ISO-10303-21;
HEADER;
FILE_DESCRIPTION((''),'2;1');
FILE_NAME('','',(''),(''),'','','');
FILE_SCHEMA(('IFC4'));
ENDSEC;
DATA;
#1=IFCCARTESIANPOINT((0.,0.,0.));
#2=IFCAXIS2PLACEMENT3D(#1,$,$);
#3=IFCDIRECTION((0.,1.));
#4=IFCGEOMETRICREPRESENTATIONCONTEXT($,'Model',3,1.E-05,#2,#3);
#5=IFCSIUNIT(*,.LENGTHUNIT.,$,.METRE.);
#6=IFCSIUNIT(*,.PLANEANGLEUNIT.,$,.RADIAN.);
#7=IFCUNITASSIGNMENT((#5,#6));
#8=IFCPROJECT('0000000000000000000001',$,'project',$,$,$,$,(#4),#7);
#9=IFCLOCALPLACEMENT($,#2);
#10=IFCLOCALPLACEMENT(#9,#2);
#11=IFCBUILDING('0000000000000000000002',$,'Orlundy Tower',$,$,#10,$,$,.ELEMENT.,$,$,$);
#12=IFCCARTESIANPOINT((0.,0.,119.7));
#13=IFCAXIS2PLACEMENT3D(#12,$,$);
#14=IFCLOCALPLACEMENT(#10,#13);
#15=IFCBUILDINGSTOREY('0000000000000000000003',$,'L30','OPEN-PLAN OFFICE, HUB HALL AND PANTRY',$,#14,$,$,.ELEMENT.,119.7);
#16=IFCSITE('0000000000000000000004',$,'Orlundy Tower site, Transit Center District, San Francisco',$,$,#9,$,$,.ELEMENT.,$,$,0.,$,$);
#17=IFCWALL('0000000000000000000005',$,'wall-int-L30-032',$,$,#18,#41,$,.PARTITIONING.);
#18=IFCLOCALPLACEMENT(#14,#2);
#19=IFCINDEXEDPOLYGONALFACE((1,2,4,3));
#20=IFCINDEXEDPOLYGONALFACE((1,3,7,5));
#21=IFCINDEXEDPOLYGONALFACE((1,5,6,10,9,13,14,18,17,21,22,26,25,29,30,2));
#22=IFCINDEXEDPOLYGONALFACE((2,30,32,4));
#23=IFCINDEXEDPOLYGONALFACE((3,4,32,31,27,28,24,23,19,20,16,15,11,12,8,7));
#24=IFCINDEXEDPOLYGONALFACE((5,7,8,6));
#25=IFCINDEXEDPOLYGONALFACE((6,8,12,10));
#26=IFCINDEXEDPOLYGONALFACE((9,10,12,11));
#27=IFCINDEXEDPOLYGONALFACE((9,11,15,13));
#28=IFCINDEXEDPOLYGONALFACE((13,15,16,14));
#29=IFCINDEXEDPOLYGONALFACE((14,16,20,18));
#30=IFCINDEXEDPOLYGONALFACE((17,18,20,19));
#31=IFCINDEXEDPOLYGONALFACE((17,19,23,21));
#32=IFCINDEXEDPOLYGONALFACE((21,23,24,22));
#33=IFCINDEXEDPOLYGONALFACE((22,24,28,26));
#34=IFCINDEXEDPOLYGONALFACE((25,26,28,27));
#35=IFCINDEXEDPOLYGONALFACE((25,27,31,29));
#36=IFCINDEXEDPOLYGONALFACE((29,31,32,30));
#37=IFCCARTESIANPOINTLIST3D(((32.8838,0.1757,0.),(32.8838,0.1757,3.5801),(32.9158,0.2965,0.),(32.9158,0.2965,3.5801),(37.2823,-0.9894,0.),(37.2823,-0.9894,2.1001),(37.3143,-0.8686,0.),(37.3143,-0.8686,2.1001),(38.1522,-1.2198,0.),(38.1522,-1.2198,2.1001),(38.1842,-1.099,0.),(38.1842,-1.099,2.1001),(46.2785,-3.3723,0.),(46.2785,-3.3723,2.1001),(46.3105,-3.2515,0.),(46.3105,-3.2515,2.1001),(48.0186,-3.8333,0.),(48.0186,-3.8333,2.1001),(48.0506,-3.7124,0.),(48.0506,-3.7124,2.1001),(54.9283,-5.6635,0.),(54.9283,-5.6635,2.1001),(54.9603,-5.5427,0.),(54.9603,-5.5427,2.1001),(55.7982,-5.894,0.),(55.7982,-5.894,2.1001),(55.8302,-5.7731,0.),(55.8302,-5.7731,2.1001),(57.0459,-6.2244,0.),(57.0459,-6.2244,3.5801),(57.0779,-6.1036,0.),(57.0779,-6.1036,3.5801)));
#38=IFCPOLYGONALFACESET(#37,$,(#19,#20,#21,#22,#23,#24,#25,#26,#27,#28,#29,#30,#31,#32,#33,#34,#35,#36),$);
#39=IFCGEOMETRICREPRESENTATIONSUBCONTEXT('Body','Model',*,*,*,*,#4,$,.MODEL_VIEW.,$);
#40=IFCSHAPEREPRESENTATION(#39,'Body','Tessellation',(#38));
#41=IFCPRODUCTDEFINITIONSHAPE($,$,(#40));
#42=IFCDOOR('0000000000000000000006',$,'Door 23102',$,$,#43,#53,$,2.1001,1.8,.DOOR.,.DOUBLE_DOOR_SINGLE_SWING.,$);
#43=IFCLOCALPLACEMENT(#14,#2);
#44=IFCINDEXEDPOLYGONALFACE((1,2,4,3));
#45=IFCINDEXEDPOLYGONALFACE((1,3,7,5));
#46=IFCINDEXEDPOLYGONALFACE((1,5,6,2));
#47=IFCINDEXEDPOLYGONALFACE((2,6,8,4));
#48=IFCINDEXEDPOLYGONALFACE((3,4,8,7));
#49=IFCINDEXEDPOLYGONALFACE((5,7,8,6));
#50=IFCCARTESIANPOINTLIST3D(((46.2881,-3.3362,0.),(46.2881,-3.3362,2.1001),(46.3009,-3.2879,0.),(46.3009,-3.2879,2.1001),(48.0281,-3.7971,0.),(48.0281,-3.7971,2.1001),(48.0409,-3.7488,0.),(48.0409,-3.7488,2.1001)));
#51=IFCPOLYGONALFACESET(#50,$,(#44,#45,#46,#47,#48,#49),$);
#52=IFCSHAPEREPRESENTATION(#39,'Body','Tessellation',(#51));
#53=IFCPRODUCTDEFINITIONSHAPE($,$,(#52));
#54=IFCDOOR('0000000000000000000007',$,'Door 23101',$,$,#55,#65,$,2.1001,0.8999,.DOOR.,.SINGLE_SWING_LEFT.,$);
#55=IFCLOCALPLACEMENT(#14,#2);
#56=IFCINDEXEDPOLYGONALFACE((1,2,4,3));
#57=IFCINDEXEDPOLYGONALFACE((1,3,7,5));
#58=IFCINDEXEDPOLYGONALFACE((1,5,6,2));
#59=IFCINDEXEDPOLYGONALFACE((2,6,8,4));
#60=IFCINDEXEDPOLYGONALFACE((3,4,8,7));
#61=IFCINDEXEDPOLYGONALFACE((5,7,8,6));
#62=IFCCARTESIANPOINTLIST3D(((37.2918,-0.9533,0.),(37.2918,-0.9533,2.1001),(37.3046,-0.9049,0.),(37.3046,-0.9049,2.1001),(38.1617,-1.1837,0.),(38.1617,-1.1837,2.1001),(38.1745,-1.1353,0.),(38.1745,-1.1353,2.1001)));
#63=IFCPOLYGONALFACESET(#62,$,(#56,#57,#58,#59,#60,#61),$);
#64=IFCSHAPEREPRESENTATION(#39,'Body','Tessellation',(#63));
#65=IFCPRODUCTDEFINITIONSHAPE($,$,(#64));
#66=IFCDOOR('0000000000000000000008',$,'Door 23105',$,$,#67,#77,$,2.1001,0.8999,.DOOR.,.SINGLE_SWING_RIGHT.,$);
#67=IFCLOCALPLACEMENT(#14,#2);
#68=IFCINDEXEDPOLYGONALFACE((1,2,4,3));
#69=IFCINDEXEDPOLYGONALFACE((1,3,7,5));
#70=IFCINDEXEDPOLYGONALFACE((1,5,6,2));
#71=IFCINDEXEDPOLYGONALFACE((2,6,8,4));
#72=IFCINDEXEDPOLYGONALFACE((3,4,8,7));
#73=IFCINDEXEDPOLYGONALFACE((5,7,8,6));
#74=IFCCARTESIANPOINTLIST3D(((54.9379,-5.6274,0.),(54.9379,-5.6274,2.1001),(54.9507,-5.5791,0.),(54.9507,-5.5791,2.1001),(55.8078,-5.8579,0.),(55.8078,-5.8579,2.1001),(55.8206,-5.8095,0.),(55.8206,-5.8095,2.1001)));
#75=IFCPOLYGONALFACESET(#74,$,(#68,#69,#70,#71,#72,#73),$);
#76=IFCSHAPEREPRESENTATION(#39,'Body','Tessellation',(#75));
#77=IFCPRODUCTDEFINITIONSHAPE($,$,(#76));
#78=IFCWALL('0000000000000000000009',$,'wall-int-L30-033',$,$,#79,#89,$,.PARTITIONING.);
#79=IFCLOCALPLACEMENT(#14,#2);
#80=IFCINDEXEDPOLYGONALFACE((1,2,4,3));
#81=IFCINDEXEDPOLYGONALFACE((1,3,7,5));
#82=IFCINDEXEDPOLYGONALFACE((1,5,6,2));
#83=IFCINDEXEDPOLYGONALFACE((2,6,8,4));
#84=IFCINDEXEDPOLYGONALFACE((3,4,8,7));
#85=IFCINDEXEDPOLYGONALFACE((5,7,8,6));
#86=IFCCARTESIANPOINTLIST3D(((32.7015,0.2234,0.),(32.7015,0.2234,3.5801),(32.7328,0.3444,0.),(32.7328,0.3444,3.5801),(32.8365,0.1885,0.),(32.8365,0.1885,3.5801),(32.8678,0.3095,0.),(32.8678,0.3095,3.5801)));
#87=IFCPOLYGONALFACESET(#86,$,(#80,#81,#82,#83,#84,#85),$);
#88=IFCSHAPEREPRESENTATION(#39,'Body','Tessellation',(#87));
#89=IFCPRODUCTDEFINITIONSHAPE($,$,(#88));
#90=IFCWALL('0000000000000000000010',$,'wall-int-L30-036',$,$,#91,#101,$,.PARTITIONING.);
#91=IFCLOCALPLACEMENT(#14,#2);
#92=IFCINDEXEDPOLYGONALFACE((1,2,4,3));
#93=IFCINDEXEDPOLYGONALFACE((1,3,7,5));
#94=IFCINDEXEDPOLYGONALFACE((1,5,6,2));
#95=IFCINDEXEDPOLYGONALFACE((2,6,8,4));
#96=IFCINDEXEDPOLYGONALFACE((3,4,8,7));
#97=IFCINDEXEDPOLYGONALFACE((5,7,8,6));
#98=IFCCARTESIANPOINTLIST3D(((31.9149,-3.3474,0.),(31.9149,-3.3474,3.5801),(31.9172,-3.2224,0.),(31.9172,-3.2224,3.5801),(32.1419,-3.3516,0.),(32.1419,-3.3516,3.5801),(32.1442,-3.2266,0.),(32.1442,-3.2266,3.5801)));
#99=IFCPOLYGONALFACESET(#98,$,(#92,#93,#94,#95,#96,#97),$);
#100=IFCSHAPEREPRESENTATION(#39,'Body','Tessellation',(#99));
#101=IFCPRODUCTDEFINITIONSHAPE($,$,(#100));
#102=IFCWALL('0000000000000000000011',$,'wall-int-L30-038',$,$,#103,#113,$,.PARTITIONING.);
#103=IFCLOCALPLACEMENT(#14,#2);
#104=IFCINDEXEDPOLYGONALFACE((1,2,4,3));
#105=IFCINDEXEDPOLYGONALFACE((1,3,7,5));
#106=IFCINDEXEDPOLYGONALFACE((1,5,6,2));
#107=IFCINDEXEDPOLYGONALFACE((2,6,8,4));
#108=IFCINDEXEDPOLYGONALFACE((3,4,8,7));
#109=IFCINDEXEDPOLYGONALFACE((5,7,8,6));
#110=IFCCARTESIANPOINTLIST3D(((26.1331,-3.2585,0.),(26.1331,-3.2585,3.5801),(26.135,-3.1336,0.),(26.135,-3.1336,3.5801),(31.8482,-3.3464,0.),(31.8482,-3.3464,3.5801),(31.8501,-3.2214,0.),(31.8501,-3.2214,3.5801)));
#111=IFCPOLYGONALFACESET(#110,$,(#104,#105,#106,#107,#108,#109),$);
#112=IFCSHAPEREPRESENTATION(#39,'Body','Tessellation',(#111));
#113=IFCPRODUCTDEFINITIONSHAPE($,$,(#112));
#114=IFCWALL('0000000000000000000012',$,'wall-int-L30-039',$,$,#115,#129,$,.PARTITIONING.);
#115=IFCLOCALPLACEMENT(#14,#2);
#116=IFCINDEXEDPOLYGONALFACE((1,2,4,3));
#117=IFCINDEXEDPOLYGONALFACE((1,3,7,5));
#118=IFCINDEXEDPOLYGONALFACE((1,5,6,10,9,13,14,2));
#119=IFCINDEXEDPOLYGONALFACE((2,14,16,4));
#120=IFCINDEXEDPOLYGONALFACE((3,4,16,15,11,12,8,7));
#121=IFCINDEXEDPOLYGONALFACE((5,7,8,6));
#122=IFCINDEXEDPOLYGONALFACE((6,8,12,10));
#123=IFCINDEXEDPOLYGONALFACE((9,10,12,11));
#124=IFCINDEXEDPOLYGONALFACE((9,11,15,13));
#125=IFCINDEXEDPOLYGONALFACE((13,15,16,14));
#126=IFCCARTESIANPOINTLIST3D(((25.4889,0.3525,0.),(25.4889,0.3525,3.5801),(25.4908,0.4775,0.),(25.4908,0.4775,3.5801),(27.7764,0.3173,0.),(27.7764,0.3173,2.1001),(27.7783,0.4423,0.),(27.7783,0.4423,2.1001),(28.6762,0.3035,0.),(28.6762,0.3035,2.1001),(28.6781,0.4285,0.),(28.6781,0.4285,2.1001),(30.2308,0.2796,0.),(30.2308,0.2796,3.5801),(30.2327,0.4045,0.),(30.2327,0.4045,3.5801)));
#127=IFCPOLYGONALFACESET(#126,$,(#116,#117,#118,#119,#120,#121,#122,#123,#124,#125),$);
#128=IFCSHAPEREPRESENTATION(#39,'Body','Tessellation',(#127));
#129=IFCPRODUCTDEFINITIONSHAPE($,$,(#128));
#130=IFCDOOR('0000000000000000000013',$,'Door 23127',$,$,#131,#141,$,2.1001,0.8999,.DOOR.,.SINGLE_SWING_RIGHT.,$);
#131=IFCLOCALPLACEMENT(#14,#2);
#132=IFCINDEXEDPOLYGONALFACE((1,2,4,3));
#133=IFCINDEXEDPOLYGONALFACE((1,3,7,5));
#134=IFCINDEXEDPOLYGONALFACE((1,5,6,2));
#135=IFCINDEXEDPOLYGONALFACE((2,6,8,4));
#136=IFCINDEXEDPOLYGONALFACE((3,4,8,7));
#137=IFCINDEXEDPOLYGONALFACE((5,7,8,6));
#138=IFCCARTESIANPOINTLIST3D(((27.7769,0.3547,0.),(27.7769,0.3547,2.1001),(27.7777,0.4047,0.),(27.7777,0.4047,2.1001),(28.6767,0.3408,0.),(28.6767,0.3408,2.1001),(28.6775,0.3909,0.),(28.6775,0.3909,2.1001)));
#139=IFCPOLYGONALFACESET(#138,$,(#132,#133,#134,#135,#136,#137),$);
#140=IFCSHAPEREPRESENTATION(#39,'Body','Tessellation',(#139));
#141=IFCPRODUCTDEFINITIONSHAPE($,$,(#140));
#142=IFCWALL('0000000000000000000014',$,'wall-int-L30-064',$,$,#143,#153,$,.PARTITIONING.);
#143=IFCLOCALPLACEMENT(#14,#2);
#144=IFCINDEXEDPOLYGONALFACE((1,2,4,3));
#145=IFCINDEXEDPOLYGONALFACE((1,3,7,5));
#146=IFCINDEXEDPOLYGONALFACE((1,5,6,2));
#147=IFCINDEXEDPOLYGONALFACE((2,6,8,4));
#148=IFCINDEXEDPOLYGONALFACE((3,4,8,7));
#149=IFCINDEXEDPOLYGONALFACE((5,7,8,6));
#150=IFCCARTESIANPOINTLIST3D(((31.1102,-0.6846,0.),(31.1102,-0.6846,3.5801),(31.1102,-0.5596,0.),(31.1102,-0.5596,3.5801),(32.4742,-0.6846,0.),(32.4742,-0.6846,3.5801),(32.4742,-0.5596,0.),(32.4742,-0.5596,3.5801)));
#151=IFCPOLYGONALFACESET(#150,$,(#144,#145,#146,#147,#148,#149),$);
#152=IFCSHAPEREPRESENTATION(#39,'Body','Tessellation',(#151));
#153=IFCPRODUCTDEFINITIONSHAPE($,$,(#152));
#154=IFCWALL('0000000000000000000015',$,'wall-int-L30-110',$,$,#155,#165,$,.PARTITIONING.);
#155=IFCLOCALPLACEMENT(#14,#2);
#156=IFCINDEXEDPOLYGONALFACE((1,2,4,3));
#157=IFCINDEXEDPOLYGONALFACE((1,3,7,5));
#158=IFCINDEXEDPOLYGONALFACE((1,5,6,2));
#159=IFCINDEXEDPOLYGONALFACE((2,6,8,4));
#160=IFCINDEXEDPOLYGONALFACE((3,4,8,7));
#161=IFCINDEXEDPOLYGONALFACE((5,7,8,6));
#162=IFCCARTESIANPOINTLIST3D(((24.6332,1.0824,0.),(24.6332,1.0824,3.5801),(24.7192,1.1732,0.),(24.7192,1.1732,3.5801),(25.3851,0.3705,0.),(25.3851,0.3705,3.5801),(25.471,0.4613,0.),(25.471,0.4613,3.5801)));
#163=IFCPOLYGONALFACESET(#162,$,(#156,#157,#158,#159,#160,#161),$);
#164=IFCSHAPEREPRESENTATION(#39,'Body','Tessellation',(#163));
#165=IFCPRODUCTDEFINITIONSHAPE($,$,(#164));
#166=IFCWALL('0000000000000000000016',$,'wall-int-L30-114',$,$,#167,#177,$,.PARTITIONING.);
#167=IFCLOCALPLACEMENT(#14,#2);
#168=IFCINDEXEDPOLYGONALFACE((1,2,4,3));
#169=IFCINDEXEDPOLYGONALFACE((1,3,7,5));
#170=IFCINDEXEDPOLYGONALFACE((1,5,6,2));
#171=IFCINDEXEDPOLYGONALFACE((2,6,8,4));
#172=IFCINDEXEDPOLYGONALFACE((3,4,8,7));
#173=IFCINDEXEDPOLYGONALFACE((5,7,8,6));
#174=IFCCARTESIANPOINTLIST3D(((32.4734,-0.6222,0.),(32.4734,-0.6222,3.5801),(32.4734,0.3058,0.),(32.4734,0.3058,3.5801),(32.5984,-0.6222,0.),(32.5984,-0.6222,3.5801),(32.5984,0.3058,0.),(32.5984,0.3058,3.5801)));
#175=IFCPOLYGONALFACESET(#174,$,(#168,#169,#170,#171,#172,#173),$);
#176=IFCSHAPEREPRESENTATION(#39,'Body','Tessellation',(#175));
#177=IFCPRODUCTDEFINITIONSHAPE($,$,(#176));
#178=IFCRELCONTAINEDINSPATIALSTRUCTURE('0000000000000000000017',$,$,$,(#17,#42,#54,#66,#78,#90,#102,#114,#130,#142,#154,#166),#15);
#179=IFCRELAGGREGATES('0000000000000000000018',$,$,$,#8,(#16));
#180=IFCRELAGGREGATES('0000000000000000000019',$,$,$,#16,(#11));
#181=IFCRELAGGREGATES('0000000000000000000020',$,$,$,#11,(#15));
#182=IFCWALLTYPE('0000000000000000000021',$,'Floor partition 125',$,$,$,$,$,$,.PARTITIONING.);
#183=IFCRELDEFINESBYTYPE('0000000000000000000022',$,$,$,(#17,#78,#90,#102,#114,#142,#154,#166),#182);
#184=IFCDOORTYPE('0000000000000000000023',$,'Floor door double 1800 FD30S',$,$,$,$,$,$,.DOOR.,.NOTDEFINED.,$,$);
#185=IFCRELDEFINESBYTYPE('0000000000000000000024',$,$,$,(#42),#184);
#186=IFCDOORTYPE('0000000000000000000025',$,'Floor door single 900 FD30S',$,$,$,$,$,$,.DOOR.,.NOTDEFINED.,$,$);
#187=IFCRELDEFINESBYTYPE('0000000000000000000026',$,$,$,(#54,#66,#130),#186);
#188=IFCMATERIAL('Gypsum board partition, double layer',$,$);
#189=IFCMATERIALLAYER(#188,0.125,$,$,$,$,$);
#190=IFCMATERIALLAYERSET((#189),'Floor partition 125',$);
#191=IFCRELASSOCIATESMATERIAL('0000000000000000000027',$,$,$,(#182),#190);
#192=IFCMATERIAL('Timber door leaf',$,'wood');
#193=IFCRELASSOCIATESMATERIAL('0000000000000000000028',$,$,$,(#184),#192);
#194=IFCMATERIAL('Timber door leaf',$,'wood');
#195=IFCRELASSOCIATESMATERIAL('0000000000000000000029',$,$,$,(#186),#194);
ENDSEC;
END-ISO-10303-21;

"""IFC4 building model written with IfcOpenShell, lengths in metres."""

from ifc_helpers import new_model, si_unit, direction, frame, frame_2d, origin, place, context, subcontext, project, spatial, rectangle, extrude, material, layer, layer_set, type_object, element, fill, save


model = new_model("IFC4")

# Units and contexts
model_context = context("Model", 3, precision=1e-05, world=origin(), true_north=direction((0.0, 1.0)))
body_context = subcontext(model_context, "Body", "Model", "MODEL_VIEW")
ifc_project = project(units=[si_unit("LENGTHUNIT", "METRE"), si_unit("PLANEANGLEUNIT", "RADIAN")], contexts=[model_context])

# Site, building, storey
site_placement = place(None, origin())
site = spatial("IfcSite", under=ifc_project, at=site_placement, Name="Orlundy Tower site, Transit Center District, San Francisco", CompositionType="ELEMENT", RefElevation=0.0)
building_placement = place(site_placement, origin())
building = spatial("IfcBuilding", under=site, at=building_placement, Name="Orlundy Tower", CompositionType="ELEMENT")
storey_placement = place(building_placement, frame((0.0, 0.0, 119.7)))
storey = spatial("IfcBuildingStorey", under=building, at=storey_placement, Name="L30", Description="OPEN-PLAN OFFICE, HUB HALL AND PANTRY", CompositionType="ELEMENT", Elevation=119.7)

# Shared definitions
ifc_material_1 = material(Name="Gypsum board partition, double layer")
ifc_layer_1 = layer(ifc_material_1, 0.125)
ifc_layer_set_1 = layer_set([ifc_layer_1], Name="Floor partition 125")
wall_type_1 = type_object("IfcWallType", Name="Floor partition 125", PredefinedType="PARTITIONING", material=ifc_layer_set_1)

# Wall, openings, doors
wall_1_placement = place(storey_placement, frame((32.8999, 0.2361, 0.0), z_axis=(0.0, 0.0, 1.0), x_axis=(0.966663, -0.256053, 0.0)))
wall_1 = element("IfcWall", 1, at=wall_1_placement, inside=storey, type_object=wall_type_1, Name="wall-int-L30-032", PredefinedType="PARTITIONING", context=body_context, shape_type="SweptSolid", body=[
    extrude(rectangle(XDim=24.9954, YDim=0.125, at=frame_2d((12.4976, 0.0))), origin(), (0.0, 0.0, 1.0), 3.5801),
])
opening_1_placement = place(wall_1_placement, frame((4.55, 0.0, 0.0)))
opening_1 = element("IfcOpeningElement", 2, at=opening_1_placement, cuts=wall_1, PredefinedType="OPENING", context=body_context, shape_type="SweptSolid", body=[
    extrude(rectangle(XDim=0.8999, YDim=2.1001, at=frame_2d((0.45, 1.05))), frame((0.0, 0.0725, 0.0), z_axis=(0.0, -1.0, 0.0), x_axis=(1.0, 0.0, 0.0)), (0.0, 0.0, 1.0), 0.145),
])
opening_2_placement = place(wall_1_placement, frame((13.8567, 0.0, 0.0)))
opening_2 = element("IfcOpeningElement", 3, at=opening_2_placement, cuts=wall_1, PredefinedType="OPENING", context=body_context, shape_type="SweptSolid", body=[
    extrude(rectangle(XDim=1.8, YDim=2.1001, at=frame_2d((0.8999, 1.05))), frame((0.0, 0.0725, 0.0), z_axis=(0.0, -1.0, 0.0), x_axis=(1.0, 0.0, 0.0)), (0.0, 0.0, 1.0), 0.145),
])
opening_3_placement = place(wall_1_placement, frame((22.8047, 0.0, 0.0)))
opening_3 = element("IfcOpeningElement", 4, at=opening_3_placement, cuts=wall_1, PredefinedType="OPENING", context=body_context, shape_type="SweptSolid", body=[
    extrude(rectangle(XDim=0.8999, YDim=2.1001, at=frame_2d((0.45, 1.05))), frame((0.0, 0.0725, 0.0), z_axis=(0.0, -1.0, 0.0), x_axis=(1.0, 0.0, 0.0)), (0.0, 0.0, 1.0), 0.145),
])
ifc_material_2 = material(Name="Timber door leaf", Category="wood")
door_type_1 = type_object("IfcDoorType", Name="Floor door double 1800 FD30S", OperationType="NOTDEFINED", PredefinedType="DOOR", material=ifc_material_2)
door_1_placement = place(opening_2_placement, origin())
door_1 = element("IfcDoor", 5, at=door_1_placement, inside=storey, type_object=door_type_1, Name="Door 23102", OperationType="DOUBLE_DOOR_SINGLE_SWING", OverallHeight=2.1001, OverallWidth=1.8, PredefinedType="DOOR", context=body_context, shape_type="SweptSolid", body=[
    extrude(rectangle(XDim=1.8, YDim=2.1001, at=frame_2d((0.8999, 1.05))), frame((0.0, 0.0249, 0.0), z_axis=(0.0, -1.0, 0.0), x_axis=(1.0, 0.0, 0.0)), (0.0, 0.0, 1.0), 0.05),
])
fill(opening_2, door_1)
ifc_material_3 = material(Name="Timber door leaf", Category="wood")
door_type_2 = type_object("IfcDoorType", Name="Floor door single 900 FD30S", OperationType="NOTDEFINED", PredefinedType="DOOR", material=ifc_material_3)
door_2_placement = place(opening_1_placement, origin())
door_2 = element("IfcDoor", 6, at=door_2_placement, inside=storey, type_object=door_type_2, Name="Door 23101", OperationType="SINGLE_SWING_LEFT", OverallHeight=2.1001, OverallWidth=0.8999, PredefinedType="DOOR", context=body_context, shape_type="SweptSolid", body=[
    extrude(rectangle(XDim=0.8999, YDim=2.1001, at=frame_2d((0.45, 1.05))), frame((0.0, 0.0249, 0.0), z_axis=(0.0, -1.0, 0.0), x_axis=(1.0, 0.0, 0.0)), (0.0, 0.0, 1.0), 0.05),
])
fill(opening_1, door_2)
door_3_placement = place(opening_3_placement, origin())
door_3 = element("IfcDoor", 7, at=door_3_placement, inside=storey, type_object=door_type_2, Name="Door 23105", OperationType="SINGLE_SWING_RIGHT", OverallHeight=2.1001, OverallWidth=0.8999, PredefinedType="DOOR", context=body_context, shape_type="SweptSolid", body=[
    extrude(rectangle(XDim=0.8999, YDim=2.1001, at=frame_2d((0.45, 1.05))), frame((0.0, 0.0249, 0.0), z_axis=(0.0, -1.0, 0.0), x_axis=(1.0, 0.0, 0.0)), (0.0, 0.0, 1.0), 0.05),
])
fill(opening_3, door_3)

# Walls
wall_2_placement = place(storey_placement, frame((32.717, 0.2839, 0.0), z_axis=(0.0, 0.0, 1.0), x_axis=(0.968154, -0.250355, 0.0)))
element("IfcWall", 8, at=wall_2_placement, inside=storey, type_object=wall_type_1, Name="wall-int-L30-033", PredefinedType="PARTITIONING", context=body_context, shape_type="SweptSolid", body=[
    extrude(rectangle(XDim=0.1394, YDim=0.125, at=frame_2d((0.0698, 0.0))), origin(), (0.0, 0.0, 1.0), 3.5801),
])
wall_3_placement = place(storey_placement, frame((31.916, -3.2849, 0.0), z_axis=(0.0, 0.0, 1.0), x_axis=(0.999833, -0.018277, 0.0)))
element("IfcWall", 9, at=wall_3_placement, inside=storey, type_object=wall_type_1, Name="wall-int-L30-036", PredefinedType="PARTITIONING", context=body_context, shape_type="SweptSolid", body=[
    extrude(rectangle(XDim=0.2271, YDim=0.125, at=frame_2d((0.1135, 0.0))), origin(), (0.0, 0.0, 1.0), 3.5801),
])
wall_4_placement = place(storey_placement, frame((26.134, -3.196, 0.0), z_axis=(0.0, 0.0, 1.0), x_axis=(0.999882, -0.015377, 0.0)))
element("IfcWall", 10, at=wall_4_placement, inside=storey, type_object=wall_type_1, Name="wall-int-L30-038", PredefinedType="PARTITIONING", context=body_context, shape_type="SweptSolid", body=[
    extrude(rectangle(XDim=5.7158, YDim=0.125, at=frame_2d((2.8579, 0.0))), origin(), (0.0, 0.0, 1.0), 3.5801),
])

# Wall, opening, door
wall_5_placement = place(storey_placement, frame((25.49, 0.415, 0.0), z_axis=(0.0, 0.0, 1.0), x_axis=(0.999882, -0.015392, 0.0)))
wall_5 = element("IfcWall", 11, at=wall_5_placement, inside=storey, type_object=wall_type_1, Name="wall-int-L30-039", PredefinedType="PARTITIONING", context=body_context, shape_type="SweptSolid", body=[
    extrude(rectangle(XDim=4.7424, YDim=0.125, at=frame_2d((2.3711, 0.0))), origin(), (0.0, 0.0, 1.0), 3.5801),
])
opening_4_placement = place(wall_5_placement, frame((2.2876, 0.0, 0.0)))
opening_4 = element("IfcOpeningElement", 12, at=opening_4_placement, cuts=wall_5, PredefinedType="OPENING", context=body_context, shape_type="SweptSolid", body=[
    extrude(rectangle(XDim=0.8999, YDim=2.1001, at=frame_2d((0.45, 1.05))), frame((0.0, 0.0725, 0.0), z_axis=(0.0, -1.0, 0.0), x_axis=(1.0, 0.0, 0.0)), (0.0, 0.0, 1.0), 0.145),
])
door_4_placement = place(opening_4_placement, origin())
door_4 = element("IfcDoor", 13, at=door_4_placement, inside=storey, type_object=door_type_2, Name="Door 23127", OperationType="SINGLE_SWING_RIGHT", OverallHeight=2.1001, OverallWidth=0.8999, PredefinedType="DOOR", context=body_context, shape_type="SweptSolid", body=[
    extrude(rectangle(XDim=0.8999, YDim=2.1001, at=frame_2d((0.45, 1.05))), frame((0.0, 0.0249, 0.0), z_axis=(0.0, -1.0, 0.0), x_axis=(1.0, 0.0, 0.0)), (0.0, 0.0, 1.0), 0.05),
])
fill(opening_4, door_4)

# Walls
wall_6_placement = place(storey_placement, frame((31.1101, -0.6221, 0.0), z_axis=(0.0, 0.0, 1.0), x_axis=(1.0, 0.0, 0.0)))
element("IfcWall", 14, at=wall_6_placement, inside=storey, type_object=wall_type_1, Name="wall-int-L30-064", PredefinedType="PARTITIONING", context=body_context, shape_type="SweptSolid", body=[
    extrude(rectangle(XDim=1.364, YDim=0.125, at=frame_2d((0.6821, 0.0))), origin(), (0.0, 0.0, 1.0), 3.5801),
])
wall_7_placement = place(storey_placement, frame((25.428, 0.416, 0.0), z_axis=(0.0, 0.0, 1.0), x_axis=(-0.726176, 0.687509, 0.0)))
element("IfcWall", 15, at=wall_7_placement, inside=storey, type_object=wall_type_1, Name="wall-int-L30-110", PredefinedType="PARTITIONING", context=body_context, shape_type="SweptSolid", body=[
    extrude(rectangle(XDim=1.0354, YDim=0.125, at=frame_2d((0.5176, 0.0))), origin(), (0.0, 0.0, 1.0), 3.5801),
])
wall_8_placement = place(storey_placement, frame((32.5359, -0.6221, 0.0), z_axis=(0.0, 0.0, 1.0), x_axis=(0.0, 1.0, 0.0)))
element("IfcWall", 16, at=wall_8_placement, inside=storey, type_object=wall_type_1, Name="wall-int-L30-114", PredefinedType="PARTITIONING", context=body_context, shape_type="SweptSolid", body=[
    extrude(rectangle(XDim=0.928, YDim=0.125, at=frame_2d((0.4639, 0.0))), origin(), (0.0, 0.0, 1.0), 3.5801),
])

save(model, "model.ifc")
